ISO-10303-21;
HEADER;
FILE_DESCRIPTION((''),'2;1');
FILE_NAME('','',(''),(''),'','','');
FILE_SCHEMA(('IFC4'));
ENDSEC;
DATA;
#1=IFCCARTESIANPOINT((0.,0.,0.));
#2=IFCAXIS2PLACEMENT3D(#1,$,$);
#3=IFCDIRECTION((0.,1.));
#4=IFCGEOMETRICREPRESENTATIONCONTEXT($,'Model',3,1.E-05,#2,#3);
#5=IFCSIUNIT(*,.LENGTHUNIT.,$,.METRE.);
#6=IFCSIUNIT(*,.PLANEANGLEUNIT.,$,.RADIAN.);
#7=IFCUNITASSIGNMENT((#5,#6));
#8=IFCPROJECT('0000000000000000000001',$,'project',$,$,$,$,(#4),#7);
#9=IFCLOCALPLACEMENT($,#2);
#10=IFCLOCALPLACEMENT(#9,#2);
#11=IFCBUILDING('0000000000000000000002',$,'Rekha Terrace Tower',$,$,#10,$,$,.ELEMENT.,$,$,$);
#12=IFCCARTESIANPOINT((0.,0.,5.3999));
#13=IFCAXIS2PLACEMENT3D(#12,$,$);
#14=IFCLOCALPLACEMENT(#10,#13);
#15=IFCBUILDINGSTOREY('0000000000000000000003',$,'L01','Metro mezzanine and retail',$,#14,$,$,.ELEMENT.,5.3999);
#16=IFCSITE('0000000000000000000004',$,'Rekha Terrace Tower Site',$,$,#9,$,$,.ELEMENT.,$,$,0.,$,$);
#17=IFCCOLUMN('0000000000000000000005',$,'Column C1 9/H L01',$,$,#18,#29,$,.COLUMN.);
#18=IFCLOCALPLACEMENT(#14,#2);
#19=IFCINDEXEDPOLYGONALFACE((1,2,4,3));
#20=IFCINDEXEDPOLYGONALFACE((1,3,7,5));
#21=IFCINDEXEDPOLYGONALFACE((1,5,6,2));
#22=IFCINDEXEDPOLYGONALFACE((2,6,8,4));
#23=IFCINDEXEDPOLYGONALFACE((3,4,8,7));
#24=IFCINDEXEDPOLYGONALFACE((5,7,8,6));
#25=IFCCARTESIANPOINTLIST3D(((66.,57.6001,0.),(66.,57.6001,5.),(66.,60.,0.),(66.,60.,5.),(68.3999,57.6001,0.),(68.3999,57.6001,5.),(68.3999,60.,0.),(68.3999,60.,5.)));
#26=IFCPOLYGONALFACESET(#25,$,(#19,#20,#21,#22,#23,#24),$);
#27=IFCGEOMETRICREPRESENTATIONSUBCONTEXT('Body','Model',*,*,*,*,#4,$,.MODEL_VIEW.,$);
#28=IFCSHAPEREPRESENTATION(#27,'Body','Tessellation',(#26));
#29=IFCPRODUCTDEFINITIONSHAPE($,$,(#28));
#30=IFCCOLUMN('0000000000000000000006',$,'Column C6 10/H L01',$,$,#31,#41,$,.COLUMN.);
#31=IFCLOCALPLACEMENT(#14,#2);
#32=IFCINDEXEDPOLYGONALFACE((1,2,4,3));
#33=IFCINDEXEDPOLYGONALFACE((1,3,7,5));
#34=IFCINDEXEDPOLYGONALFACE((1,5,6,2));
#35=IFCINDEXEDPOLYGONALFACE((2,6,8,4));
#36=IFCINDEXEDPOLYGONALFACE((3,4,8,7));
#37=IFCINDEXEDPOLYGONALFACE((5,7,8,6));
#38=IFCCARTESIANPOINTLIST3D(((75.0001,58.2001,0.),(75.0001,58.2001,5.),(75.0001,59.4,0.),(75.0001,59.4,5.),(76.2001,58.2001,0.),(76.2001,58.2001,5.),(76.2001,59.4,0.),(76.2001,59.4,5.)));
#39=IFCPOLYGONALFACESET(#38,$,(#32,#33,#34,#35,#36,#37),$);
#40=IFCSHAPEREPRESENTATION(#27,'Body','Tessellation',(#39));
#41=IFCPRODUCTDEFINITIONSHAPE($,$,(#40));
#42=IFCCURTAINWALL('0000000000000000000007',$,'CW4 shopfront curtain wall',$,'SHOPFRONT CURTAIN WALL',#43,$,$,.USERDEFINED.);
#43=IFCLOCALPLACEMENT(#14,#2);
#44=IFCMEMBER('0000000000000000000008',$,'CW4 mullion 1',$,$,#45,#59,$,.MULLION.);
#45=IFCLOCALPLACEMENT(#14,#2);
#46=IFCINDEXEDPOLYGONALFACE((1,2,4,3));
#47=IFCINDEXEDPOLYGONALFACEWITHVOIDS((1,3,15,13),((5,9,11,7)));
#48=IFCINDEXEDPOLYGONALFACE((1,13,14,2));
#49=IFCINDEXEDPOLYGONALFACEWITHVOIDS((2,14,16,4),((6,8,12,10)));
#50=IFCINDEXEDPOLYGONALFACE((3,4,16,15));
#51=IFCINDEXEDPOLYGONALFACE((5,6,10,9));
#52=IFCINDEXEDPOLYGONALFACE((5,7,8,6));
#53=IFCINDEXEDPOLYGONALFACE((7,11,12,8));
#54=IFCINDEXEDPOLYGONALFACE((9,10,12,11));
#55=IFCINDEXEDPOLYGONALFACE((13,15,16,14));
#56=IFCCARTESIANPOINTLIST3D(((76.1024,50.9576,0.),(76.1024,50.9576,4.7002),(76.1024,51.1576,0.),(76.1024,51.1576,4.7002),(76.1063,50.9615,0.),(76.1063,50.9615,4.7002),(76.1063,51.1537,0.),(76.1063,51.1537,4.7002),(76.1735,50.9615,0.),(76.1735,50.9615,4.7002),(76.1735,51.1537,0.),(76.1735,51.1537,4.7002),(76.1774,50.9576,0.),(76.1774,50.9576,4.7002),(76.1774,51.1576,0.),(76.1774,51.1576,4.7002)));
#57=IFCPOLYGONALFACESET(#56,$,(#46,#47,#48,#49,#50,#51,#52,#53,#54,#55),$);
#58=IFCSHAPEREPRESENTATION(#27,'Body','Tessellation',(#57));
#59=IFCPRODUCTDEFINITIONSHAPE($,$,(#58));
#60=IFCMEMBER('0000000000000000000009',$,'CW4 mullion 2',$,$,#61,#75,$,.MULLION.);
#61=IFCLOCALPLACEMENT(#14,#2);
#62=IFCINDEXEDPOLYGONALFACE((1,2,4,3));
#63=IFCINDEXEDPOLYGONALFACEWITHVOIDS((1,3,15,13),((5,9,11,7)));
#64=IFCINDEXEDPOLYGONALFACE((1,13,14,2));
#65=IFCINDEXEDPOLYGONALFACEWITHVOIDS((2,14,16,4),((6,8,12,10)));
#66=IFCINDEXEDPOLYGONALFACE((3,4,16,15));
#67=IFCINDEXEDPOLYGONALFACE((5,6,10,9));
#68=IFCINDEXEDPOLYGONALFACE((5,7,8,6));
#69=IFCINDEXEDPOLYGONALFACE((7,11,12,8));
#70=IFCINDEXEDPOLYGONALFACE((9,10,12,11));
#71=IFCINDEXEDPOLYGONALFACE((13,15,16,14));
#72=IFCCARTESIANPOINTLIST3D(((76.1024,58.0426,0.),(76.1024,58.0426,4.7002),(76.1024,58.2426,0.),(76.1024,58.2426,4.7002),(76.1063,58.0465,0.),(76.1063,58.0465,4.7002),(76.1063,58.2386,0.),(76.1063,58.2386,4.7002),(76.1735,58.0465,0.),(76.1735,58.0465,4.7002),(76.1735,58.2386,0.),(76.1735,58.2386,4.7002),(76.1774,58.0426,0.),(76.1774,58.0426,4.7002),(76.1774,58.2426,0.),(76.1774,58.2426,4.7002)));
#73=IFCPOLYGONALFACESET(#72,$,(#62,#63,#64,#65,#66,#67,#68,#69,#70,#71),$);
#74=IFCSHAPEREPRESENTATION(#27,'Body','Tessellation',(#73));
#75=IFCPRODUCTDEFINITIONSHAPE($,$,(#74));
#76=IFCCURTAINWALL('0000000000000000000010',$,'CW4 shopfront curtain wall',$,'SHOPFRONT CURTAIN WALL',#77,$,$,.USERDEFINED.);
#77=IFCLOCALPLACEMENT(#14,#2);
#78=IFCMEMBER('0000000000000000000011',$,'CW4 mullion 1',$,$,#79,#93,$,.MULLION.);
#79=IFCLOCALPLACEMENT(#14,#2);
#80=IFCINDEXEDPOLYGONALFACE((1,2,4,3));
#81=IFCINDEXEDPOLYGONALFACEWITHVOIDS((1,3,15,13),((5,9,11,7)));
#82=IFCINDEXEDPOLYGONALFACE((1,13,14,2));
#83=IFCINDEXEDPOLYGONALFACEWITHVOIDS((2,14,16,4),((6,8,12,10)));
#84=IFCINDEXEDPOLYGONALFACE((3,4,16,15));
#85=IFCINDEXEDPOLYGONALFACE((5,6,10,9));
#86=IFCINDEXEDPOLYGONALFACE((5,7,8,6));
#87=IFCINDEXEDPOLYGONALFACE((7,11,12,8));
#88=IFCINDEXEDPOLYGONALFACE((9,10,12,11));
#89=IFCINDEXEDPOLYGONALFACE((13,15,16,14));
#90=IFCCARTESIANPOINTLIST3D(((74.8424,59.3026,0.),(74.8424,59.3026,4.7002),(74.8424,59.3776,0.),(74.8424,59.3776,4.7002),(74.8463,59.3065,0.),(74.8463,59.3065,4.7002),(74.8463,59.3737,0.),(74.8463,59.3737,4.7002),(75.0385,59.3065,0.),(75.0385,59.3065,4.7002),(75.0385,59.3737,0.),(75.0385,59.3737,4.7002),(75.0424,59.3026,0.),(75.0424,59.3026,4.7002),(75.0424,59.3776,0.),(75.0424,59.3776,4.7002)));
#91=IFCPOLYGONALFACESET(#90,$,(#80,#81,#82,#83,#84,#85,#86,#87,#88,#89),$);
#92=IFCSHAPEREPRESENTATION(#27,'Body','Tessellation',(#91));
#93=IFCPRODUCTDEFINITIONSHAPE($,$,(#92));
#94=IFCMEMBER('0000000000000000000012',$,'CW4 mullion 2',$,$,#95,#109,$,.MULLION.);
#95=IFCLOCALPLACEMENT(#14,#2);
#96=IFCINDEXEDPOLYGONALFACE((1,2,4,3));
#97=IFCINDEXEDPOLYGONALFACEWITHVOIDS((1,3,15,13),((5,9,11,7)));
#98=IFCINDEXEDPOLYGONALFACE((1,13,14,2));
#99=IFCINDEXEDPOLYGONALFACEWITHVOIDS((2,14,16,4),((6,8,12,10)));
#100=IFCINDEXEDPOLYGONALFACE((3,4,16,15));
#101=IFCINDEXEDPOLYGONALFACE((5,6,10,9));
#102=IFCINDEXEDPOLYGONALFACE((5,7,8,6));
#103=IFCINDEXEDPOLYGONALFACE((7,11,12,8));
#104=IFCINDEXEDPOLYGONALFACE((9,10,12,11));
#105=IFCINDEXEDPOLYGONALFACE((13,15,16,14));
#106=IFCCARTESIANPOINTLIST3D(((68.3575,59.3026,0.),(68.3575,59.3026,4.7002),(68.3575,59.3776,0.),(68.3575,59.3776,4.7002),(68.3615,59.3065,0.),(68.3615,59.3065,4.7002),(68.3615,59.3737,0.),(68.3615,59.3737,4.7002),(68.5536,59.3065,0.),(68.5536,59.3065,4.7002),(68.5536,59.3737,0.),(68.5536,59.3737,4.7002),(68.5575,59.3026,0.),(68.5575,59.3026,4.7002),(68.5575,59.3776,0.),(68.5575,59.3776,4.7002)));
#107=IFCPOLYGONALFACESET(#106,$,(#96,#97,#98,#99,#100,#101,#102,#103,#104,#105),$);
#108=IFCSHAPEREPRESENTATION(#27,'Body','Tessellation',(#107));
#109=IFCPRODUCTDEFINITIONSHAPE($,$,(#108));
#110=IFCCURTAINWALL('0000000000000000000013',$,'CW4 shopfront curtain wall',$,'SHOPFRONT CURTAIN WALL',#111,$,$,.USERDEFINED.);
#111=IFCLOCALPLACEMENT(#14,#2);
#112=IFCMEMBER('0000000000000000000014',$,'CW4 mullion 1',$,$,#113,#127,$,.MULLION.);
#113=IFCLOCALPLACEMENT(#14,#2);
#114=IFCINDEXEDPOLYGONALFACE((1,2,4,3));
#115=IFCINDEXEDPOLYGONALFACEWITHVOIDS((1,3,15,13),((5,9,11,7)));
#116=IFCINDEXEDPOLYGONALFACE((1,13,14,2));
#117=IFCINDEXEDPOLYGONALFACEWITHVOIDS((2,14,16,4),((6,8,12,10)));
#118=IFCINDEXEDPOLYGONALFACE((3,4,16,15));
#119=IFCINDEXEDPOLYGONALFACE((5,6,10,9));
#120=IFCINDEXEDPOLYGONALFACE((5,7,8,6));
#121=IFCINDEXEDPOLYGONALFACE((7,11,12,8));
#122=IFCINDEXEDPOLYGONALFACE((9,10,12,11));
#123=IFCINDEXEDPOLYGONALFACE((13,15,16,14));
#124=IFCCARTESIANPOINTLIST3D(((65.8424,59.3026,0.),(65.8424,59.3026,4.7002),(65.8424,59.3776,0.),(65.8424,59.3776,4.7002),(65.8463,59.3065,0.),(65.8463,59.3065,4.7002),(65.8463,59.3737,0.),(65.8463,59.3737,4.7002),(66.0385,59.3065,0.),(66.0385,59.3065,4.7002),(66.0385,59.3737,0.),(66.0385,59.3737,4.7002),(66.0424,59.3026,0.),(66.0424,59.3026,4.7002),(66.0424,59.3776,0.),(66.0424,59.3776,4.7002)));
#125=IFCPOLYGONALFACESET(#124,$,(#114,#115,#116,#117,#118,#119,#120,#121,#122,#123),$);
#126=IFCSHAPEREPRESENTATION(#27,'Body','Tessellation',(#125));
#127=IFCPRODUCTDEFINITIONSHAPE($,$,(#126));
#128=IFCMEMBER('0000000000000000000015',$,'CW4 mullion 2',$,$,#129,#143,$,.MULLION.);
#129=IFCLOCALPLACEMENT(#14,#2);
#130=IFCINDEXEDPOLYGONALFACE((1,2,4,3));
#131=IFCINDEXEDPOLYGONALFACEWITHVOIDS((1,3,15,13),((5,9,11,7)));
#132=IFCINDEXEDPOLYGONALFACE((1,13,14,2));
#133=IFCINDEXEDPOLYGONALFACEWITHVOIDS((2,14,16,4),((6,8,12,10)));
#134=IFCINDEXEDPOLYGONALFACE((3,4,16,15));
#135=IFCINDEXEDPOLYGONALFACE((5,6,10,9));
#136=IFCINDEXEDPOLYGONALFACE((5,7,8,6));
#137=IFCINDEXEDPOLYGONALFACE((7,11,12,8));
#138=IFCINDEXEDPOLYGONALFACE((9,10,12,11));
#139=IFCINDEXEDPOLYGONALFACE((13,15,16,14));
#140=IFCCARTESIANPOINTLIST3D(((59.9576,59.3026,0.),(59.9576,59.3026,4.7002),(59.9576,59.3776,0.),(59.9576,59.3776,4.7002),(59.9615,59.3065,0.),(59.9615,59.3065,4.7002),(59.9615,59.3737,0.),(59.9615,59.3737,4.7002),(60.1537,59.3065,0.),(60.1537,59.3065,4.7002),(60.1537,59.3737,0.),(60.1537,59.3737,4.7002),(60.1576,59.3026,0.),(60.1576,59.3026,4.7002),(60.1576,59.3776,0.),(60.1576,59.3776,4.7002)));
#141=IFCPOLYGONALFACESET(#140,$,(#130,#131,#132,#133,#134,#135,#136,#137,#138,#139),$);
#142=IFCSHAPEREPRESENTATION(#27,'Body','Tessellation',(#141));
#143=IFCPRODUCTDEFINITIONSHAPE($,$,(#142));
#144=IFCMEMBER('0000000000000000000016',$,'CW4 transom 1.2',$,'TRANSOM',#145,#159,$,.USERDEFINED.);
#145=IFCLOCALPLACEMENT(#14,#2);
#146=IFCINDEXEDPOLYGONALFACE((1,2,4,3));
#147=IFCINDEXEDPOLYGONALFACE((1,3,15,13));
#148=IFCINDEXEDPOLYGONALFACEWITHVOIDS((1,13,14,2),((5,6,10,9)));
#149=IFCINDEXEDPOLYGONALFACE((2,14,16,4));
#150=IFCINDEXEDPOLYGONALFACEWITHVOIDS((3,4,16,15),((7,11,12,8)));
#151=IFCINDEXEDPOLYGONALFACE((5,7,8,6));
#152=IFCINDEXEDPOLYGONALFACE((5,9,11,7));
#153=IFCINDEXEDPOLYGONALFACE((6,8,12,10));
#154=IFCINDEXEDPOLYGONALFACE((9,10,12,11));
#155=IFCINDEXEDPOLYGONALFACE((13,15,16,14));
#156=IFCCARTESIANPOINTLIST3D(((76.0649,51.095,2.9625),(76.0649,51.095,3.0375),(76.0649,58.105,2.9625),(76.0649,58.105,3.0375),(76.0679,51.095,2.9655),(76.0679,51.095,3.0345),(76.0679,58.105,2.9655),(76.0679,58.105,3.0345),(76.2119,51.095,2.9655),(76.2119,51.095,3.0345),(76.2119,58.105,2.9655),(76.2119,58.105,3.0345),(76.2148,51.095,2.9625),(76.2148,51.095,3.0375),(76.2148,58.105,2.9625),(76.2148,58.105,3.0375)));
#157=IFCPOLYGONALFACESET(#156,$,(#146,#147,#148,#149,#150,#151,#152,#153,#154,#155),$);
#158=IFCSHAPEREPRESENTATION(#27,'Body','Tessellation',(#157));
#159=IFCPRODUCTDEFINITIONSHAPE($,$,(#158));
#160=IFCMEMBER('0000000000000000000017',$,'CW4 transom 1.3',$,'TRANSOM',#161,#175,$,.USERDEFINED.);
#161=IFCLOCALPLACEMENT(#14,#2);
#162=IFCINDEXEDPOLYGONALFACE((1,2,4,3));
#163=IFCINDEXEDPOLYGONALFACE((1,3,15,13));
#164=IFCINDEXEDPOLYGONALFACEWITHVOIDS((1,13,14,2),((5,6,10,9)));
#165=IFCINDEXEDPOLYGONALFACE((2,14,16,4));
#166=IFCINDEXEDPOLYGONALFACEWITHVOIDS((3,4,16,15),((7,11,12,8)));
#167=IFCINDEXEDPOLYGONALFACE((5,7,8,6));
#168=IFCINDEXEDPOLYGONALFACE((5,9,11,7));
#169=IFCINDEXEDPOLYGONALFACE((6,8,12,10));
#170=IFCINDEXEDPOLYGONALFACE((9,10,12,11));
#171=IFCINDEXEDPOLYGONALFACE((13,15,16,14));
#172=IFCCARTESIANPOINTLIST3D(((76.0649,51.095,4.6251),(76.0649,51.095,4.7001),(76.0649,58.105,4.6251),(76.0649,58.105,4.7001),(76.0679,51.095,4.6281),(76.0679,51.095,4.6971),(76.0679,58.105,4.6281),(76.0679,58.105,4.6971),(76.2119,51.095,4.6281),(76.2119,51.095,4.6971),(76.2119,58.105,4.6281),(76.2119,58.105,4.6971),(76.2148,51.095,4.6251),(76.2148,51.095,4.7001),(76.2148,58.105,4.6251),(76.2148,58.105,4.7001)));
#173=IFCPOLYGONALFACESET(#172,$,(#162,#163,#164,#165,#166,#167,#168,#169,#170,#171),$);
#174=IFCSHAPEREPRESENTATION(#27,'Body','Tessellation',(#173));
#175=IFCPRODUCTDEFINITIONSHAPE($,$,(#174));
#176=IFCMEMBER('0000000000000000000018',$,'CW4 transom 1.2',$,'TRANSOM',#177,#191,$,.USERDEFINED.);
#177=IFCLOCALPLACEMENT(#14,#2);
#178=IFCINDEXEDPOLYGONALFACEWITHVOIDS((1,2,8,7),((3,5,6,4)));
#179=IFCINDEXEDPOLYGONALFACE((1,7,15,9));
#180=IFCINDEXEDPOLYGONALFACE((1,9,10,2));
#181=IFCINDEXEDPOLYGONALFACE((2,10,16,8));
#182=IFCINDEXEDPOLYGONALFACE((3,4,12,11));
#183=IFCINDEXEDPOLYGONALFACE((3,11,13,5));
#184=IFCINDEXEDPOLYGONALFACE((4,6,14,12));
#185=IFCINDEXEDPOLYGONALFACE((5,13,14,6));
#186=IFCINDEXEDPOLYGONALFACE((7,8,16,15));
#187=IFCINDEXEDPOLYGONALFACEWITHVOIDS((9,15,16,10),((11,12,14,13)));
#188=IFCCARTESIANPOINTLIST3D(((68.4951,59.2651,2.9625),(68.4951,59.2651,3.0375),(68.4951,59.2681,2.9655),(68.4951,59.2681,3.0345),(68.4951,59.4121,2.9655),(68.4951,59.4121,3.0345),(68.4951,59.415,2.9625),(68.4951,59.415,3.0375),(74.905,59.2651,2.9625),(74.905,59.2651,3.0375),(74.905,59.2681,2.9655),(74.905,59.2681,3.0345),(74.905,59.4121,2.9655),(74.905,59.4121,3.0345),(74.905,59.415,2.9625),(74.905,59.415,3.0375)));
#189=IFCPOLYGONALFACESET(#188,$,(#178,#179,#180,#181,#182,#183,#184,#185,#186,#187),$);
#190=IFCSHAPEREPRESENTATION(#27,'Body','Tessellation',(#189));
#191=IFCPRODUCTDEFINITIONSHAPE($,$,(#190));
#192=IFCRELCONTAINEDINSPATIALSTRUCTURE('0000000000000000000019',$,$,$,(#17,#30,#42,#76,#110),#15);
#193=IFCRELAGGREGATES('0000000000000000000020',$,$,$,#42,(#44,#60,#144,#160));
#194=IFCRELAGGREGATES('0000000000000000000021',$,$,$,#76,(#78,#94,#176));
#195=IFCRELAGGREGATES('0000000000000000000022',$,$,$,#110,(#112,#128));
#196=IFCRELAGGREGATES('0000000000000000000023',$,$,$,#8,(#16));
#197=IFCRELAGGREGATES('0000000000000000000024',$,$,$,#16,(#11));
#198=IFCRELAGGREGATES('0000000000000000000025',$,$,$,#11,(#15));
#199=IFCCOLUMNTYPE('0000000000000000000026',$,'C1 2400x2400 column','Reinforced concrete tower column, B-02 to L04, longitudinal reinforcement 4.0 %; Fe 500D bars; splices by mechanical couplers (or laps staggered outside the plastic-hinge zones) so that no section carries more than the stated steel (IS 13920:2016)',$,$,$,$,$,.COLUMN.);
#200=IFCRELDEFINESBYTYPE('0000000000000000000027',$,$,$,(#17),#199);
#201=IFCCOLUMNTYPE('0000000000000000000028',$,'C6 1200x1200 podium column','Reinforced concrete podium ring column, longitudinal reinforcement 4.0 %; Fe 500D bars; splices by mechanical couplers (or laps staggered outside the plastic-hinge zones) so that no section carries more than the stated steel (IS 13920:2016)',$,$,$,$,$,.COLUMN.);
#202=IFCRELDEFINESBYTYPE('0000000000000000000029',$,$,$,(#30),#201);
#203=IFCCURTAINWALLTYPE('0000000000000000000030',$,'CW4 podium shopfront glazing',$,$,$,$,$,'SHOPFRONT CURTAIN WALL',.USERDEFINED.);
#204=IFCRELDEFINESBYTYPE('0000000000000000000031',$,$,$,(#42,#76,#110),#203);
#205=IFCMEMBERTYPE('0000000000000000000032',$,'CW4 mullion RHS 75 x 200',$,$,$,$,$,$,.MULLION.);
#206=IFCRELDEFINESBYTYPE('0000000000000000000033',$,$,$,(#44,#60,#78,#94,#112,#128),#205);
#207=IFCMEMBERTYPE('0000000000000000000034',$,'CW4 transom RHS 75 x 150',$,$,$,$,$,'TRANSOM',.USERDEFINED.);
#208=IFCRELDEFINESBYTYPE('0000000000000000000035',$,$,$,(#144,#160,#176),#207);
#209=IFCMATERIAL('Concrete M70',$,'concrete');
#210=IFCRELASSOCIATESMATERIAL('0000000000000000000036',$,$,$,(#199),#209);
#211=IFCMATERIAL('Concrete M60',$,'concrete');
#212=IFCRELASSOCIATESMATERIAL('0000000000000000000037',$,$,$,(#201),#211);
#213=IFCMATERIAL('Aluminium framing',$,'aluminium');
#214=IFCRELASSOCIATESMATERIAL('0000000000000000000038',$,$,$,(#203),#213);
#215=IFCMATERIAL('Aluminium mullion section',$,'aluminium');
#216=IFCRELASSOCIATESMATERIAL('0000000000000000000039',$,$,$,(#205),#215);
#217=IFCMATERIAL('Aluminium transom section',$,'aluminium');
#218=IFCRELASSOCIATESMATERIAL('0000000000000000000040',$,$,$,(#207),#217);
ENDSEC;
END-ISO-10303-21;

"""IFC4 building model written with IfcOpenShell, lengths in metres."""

from ifc_helpers import new_model, si_unit, direction, frame, origin, origin_2d, place, context, subcontext, project, spatial, rectangle, hollow_rectangle, extrude, material, material_profile, profile_set, type_object, element, aggregate, save


model = new_model("IFC4")

# Units and contexts
model_context = context("Model", 3, precision=1e-05, world=origin(), true_north=direction((0.0, 1.0)))
body_context = subcontext(model_context, "Body", "Model", "MODEL_VIEW")
ifc_project = project(units=[si_unit("LENGTHUNIT", "METRE"), si_unit("PLANEANGLEUNIT", "RADIAN")], contexts=[model_context])

# Site, building, storey
site_placement = place(None, origin())
site = spatial("IfcSite", under=ifc_project, at=site_placement, Name="Rekha Terrace Tower Site", CompositionType="ELEMENT", RefElevation=0.0)
building_placement = place(site_placement, origin())
building = spatial("IfcBuilding", under=site, at=building_placement, Name="Rekha Terrace Tower", CompositionType="ELEMENT")
storey_placement = place(building_placement, frame((0.0, 0.0, 5.3999)))
storey = spatial("IfcBuildingStorey", under=building, at=storey_placement, Name="L01", Description="Metro mezzanine and retail", CompositionType="ELEMENT", Elevation=5.3999)

# Columns
ifc_material_1 = material(Name="Concrete M70", Category="concrete")
ifc_material_profile_1 = material_profile(ifc_material_1, rectangle(XDim=2.3999, YDim=2.3999, at=origin_2d()), Name="RC 2400x2400")
ifc_profile_set_1 = profile_set([ifc_material_profile_1], Name="Concrete M70")
column_type_1 = type_object("IfcColumnType", Name="C1 2400x2400 column", Description="Reinforced concrete tower column, B-02 to L04, longitudinal reinforcement 4.0 %; Fe 500D bars; splices by mechanical couplers (or laps staggered outside the plastic-hinge zones) so that no section carries more than the stated steel (IS 13920:2016)", PredefinedType="COLUMN", material=ifc_profile_set_1)
column_1_placement = place(storey_placement, frame((67.2, 58.8, 0.0), z_axis=(0.0, 0.0, 1.0), x_axis=(1.0, 0.0, 0.0)))
element("IfcColumn", 1, at=column_1_placement, inside=storey, type_object=column_type_1, Name="Column C1 9/H L01", PredefinedType="COLUMN", context=body_context, shape_type="SweptSolid", body=[
    extrude(rectangle(XDim=2.3999, YDim=2.3999, at=origin_2d()), origin(), (0.0, 0.0, 1.0), 5.0),
])
ifc_material_2 = material(Name="Concrete M60", Category="concrete")
ifc_material_profile_2 = material_profile(ifc_material_2, rectangle(XDim=1.2, YDim=1.2, at=origin_2d()), Name="RC 1200x1200")
ifc_profile_set_2 = profile_set([ifc_material_profile_2], Name="Concrete M60")
column_type_2 = type_object("IfcColumnType", Name="C6 1200x1200 podium column", Description="Reinforced concrete podium ring column, longitudinal reinforcement 4.0 %; Fe 500D bars; splices by mechanical couplers (or laps staggered outside the plastic-hinge zones) so that no section carries more than the stated steel (IS 13920:2016)", PredefinedType="COLUMN", material=ifc_profile_set_2)
column_2_placement = place(storey_placement, frame((75.6001, 58.8, 0.0), z_axis=(0.0, 0.0, 1.0), x_axis=(1.0, 0.0, 0.0)))
element("IfcColumn", 2, at=column_2_placement, inside=storey, type_object=column_type_2, Name="Column C6 10/H L01", PredefinedType="COLUMN", context=body_context, shape_type="SweptSolid", body=[
    extrude(rectangle(XDim=1.2, YDim=1.2, at=origin_2d()), origin(), (0.0, 0.0, 1.0), 5.0),
])

# Curtain walls, members
ifc_material_3 = material(Name="Aluminium framing", Category="aluminium")
curtain_wall_type = type_object("IfcCurtainWallType", Name="CW4 podium shopfront glazing", ElementType="SHOPFRONT CURTAIN WALL", PredefinedType="USERDEFINED", material=ifc_material_3)
curtain_wall_1_placement = place(storey_placement, origin())
curtain_wall_1 = element("IfcCurtainWall", 3, at=curtain_wall_1_placement, inside=storey, type_object=curtain_wall_type, Name="CW4 shopfront curtain wall", ObjectType="SHOPFRONT CURTAIN WALL", PredefinedType="USERDEFINED")
ifc_material_4 = material(Name="Aluminium mullion section", Category="aluminium")
ifc_material_profile_3 = material_profile(ifc_material_4, hollow_rectangle(XDim=0.075, YDim=0.2, WallThickness=0.0039, at=origin_2d()), Name="AL RHS 75x200")
ifc_profile_set_3 = profile_set([ifc_material_profile_3], Name="Aluminium mullion section")
member_type_1 = type_object("IfcMemberType", Name="CW4 mullion RHS 75 x 200", PredefinedType="MULLION", material=ifc_profile_set_3)
member_1_placement = place(storey_placement, frame((76.1399, 51.0576, 0.0), z_axis=(0.0, 0.0, 1.0), x_axis=(-1.0, 0.0, 0.0)))
member_1 = element("IfcMember", 4, at=member_1_placement, type_object=member_type_1, Name="CW4 mullion 1", PredefinedType="MULLION", context=body_context, shape_type="SweptSolid", body=[
    extrude(hollow_rectangle(XDim=0.075, YDim=0.2, WallThickness=0.0039, at=origin_2d()), origin(), (0.0, 0.0, 1.0), 4.7002),
])
member_2_placement = place(storey_placement, frame((76.1399, 58.1426, 0.0), z_axis=(0.0, 0.0, 1.0), x_axis=(-1.0, 0.0, 0.0)))
member_2 = element("IfcMember", 5, at=member_2_placement, type_object=member_type_1, Name="CW4 mullion 2", PredefinedType="MULLION", context=body_context, shape_type="SweptSolid", body=[
    extrude(hollow_rectangle(XDim=0.075, YDim=0.2, WallThickness=0.0039, at=origin_2d()), origin(), (0.0, 0.0, 1.0), 4.7002),
])
curtain_wall_2_placement = place(storey_placement, origin())
curtain_wall_2 = element("IfcCurtainWall", 6, at=curtain_wall_2_placement, inside=storey, type_object=curtain_wall_type, Name="CW4 shopfront curtain wall", ObjectType="SHOPFRONT CURTAIN WALL", PredefinedType="USERDEFINED")
member_3_placement = place(storey_placement, frame((74.9424, 59.3401, 0.0), z_axis=(0.0, 0.0, 1.0), x_axis=(0.0, -1.0, 0.0)))
member_3 = element("IfcMember", 7, at=member_3_placement, type_object=member_type_1, Name="CW4 mullion 1", PredefinedType="MULLION", context=body_context, shape_type="SweptSolid", body=[
    extrude(hollow_rectangle(XDim=0.075, YDim=0.2, WallThickness=0.0039, at=origin_2d()), origin(), (0.0, 0.0, 1.0), 4.7002),
])
member_4_placement = place(storey_placement, frame((68.4575, 59.3401, 0.0), z_axis=(0.0, 0.0, 1.0), x_axis=(0.0, -1.0, 0.0)))
member_4 = element("IfcMember", 8, at=member_4_placement, type_object=member_type_1, Name="CW4 mullion 2", PredefinedType="MULLION", context=body_context, shape_type="SweptSolid", body=[
    extrude(hollow_rectangle(XDim=0.075, YDim=0.2, WallThickness=0.0039, at=origin_2d()), origin(), (0.0, 0.0, 1.0), 4.7002),
])
curtain_wall_3_placement = place(storey_placement, origin())
curtain_wall_3 = element("IfcCurtainWall", 9, at=curtain_wall_3_placement, inside=storey, type_object=curtain_wall_type, Name="CW4 shopfront curtain wall", ObjectType="SHOPFRONT CURTAIN WALL", PredefinedType="USERDEFINED")
member_5_placement = place(storey_placement, frame((65.9424, 59.3401, 0.0), z_axis=(0.0, 0.0, 1.0), x_axis=(0.0, -1.0, 0.0)))
member_5 = element("IfcMember", 10, at=member_5_placement, type_object=member_type_1, Name="CW4 mullion 1", PredefinedType="MULLION", context=body_context, shape_type="SweptSolid", body=[
    extrude(hollow_rectangle(XDim=0.075, YDim=0.2, WallThickness=0.0039, at=origin_2d()), origin(), (0.0, 0.0, 1.0), 4.7002),
])
member_6_placement = place(storey_placement, frame((60.0576, 59.3401, 0.0), z_axis=(0.0, 0.0, 1.0), x_axis=(0.0, -1.0, 0.0)))
member_6 = element("IfcMember", 11, at=member_6_placement, type_object=member_type_1, Name="CW4 mullion 2", PredefinedType="MULLION", context=body_context, shape_type="SweptSolid", body=[
    extrude(hollow_rectangle(XDim=0.075, YDim=0.2, WallThickness=0.0039, at=origin_2d()), origin(), (0.0, 0.0, 1.0), 4.7002),
])

# Members
ifc_material_5 = material(Name="Aluminium transom section", Category="aluminium")
ifc_material_profile_4 = material_profile(ifc_material_5, hollow_rectangle(XDim=0.1499, YDim=0.075, WallThickness=0.0029, at=origin_2d()), Name="AL RHS 150x75")
ifc_profile_set_4 = profile_set([ifc_material_profile_4], Name="Aluminium transom section")
member_type_2 = type_object("IfcMemberType", Name="CW4 transom RHS 75 x 150", ElementType="TRANSOM", PredefinedType="USERDEFINED", material=ifc_profile_set_4)
member_7_placement = place(storey_placement, frame((76.1399, 51.095, 3.0), z_axis=(0.0, 1.0, 0.0), x_axis=(-1.0, 0.0, 0.0)))
member_7 = element("IfcMember", 12, at=member_7_placement, type_object=member_type_2, Name="CW4 transom 1.2", ObjectType="TRANSOM", PredefinedType="USERDEFINED", context=body_context, shape_type="SweptSolid", body=[
    extrude(hollow_rectangle(XDim=0.1499, YDim=0.075, WallThickness=0.0029, at=origin_2d()), origin(), (0.0, 0.0, 1.0), 7.01),
])
member_8_placement = place(storey_placement, frame((76.1399, 51.095, 4.6626), z_axis=(0.0, 1.0, 0.0), x_axis=(-1.0, 0.0, 0.0)))
member_8 = element("IfcMember", 13, at=member_8_placement, type_object=member_type_2, Name="CW4 transom 1.3", ObjectType="TRANSOM", PredefinedType="USERDEFINED", context=body_context, shape_type="SweptSolid", body=[
    extrude(hollow_rectangle(XDim=0.1499, YDim=0.075, WallThickness=0.0029, at=origin_2d()), origin(), (0.0, 0.0, 1.0), 7.01),
])
member_9_placement = place(storey_placement, frame((74.905, 59.3401, 3.0), z_axis=(-1.0, 0.0, 0.0), x_axis=(0.0, -1.0, 0.0)))
member_9 = element("IfcMember", 14, at=member_9_placement, type_object=member_type_2, Name="CW4 transom 1.2", ObjectType="TRANSOM", PredefinedType="USERDEFINED", context=body_context, shape_type="SweptSolid", body=[
    extrude(hollow_rectangle(XDim=0.1499, YDim=0.075, WallThickness=0.0029, at=origin_2d()), origin(), (0.0, 0.0, 1.0), 6.4099),
])

aggregate(curtain_wall_1, [member_1, member_2, member_7, member_8])
aggregate(curtain_wall_2, [member_3, member_4, member_9])
aggregate(curtain_wall_3, [member_5, member_6])

save(model, "model.ifc")
